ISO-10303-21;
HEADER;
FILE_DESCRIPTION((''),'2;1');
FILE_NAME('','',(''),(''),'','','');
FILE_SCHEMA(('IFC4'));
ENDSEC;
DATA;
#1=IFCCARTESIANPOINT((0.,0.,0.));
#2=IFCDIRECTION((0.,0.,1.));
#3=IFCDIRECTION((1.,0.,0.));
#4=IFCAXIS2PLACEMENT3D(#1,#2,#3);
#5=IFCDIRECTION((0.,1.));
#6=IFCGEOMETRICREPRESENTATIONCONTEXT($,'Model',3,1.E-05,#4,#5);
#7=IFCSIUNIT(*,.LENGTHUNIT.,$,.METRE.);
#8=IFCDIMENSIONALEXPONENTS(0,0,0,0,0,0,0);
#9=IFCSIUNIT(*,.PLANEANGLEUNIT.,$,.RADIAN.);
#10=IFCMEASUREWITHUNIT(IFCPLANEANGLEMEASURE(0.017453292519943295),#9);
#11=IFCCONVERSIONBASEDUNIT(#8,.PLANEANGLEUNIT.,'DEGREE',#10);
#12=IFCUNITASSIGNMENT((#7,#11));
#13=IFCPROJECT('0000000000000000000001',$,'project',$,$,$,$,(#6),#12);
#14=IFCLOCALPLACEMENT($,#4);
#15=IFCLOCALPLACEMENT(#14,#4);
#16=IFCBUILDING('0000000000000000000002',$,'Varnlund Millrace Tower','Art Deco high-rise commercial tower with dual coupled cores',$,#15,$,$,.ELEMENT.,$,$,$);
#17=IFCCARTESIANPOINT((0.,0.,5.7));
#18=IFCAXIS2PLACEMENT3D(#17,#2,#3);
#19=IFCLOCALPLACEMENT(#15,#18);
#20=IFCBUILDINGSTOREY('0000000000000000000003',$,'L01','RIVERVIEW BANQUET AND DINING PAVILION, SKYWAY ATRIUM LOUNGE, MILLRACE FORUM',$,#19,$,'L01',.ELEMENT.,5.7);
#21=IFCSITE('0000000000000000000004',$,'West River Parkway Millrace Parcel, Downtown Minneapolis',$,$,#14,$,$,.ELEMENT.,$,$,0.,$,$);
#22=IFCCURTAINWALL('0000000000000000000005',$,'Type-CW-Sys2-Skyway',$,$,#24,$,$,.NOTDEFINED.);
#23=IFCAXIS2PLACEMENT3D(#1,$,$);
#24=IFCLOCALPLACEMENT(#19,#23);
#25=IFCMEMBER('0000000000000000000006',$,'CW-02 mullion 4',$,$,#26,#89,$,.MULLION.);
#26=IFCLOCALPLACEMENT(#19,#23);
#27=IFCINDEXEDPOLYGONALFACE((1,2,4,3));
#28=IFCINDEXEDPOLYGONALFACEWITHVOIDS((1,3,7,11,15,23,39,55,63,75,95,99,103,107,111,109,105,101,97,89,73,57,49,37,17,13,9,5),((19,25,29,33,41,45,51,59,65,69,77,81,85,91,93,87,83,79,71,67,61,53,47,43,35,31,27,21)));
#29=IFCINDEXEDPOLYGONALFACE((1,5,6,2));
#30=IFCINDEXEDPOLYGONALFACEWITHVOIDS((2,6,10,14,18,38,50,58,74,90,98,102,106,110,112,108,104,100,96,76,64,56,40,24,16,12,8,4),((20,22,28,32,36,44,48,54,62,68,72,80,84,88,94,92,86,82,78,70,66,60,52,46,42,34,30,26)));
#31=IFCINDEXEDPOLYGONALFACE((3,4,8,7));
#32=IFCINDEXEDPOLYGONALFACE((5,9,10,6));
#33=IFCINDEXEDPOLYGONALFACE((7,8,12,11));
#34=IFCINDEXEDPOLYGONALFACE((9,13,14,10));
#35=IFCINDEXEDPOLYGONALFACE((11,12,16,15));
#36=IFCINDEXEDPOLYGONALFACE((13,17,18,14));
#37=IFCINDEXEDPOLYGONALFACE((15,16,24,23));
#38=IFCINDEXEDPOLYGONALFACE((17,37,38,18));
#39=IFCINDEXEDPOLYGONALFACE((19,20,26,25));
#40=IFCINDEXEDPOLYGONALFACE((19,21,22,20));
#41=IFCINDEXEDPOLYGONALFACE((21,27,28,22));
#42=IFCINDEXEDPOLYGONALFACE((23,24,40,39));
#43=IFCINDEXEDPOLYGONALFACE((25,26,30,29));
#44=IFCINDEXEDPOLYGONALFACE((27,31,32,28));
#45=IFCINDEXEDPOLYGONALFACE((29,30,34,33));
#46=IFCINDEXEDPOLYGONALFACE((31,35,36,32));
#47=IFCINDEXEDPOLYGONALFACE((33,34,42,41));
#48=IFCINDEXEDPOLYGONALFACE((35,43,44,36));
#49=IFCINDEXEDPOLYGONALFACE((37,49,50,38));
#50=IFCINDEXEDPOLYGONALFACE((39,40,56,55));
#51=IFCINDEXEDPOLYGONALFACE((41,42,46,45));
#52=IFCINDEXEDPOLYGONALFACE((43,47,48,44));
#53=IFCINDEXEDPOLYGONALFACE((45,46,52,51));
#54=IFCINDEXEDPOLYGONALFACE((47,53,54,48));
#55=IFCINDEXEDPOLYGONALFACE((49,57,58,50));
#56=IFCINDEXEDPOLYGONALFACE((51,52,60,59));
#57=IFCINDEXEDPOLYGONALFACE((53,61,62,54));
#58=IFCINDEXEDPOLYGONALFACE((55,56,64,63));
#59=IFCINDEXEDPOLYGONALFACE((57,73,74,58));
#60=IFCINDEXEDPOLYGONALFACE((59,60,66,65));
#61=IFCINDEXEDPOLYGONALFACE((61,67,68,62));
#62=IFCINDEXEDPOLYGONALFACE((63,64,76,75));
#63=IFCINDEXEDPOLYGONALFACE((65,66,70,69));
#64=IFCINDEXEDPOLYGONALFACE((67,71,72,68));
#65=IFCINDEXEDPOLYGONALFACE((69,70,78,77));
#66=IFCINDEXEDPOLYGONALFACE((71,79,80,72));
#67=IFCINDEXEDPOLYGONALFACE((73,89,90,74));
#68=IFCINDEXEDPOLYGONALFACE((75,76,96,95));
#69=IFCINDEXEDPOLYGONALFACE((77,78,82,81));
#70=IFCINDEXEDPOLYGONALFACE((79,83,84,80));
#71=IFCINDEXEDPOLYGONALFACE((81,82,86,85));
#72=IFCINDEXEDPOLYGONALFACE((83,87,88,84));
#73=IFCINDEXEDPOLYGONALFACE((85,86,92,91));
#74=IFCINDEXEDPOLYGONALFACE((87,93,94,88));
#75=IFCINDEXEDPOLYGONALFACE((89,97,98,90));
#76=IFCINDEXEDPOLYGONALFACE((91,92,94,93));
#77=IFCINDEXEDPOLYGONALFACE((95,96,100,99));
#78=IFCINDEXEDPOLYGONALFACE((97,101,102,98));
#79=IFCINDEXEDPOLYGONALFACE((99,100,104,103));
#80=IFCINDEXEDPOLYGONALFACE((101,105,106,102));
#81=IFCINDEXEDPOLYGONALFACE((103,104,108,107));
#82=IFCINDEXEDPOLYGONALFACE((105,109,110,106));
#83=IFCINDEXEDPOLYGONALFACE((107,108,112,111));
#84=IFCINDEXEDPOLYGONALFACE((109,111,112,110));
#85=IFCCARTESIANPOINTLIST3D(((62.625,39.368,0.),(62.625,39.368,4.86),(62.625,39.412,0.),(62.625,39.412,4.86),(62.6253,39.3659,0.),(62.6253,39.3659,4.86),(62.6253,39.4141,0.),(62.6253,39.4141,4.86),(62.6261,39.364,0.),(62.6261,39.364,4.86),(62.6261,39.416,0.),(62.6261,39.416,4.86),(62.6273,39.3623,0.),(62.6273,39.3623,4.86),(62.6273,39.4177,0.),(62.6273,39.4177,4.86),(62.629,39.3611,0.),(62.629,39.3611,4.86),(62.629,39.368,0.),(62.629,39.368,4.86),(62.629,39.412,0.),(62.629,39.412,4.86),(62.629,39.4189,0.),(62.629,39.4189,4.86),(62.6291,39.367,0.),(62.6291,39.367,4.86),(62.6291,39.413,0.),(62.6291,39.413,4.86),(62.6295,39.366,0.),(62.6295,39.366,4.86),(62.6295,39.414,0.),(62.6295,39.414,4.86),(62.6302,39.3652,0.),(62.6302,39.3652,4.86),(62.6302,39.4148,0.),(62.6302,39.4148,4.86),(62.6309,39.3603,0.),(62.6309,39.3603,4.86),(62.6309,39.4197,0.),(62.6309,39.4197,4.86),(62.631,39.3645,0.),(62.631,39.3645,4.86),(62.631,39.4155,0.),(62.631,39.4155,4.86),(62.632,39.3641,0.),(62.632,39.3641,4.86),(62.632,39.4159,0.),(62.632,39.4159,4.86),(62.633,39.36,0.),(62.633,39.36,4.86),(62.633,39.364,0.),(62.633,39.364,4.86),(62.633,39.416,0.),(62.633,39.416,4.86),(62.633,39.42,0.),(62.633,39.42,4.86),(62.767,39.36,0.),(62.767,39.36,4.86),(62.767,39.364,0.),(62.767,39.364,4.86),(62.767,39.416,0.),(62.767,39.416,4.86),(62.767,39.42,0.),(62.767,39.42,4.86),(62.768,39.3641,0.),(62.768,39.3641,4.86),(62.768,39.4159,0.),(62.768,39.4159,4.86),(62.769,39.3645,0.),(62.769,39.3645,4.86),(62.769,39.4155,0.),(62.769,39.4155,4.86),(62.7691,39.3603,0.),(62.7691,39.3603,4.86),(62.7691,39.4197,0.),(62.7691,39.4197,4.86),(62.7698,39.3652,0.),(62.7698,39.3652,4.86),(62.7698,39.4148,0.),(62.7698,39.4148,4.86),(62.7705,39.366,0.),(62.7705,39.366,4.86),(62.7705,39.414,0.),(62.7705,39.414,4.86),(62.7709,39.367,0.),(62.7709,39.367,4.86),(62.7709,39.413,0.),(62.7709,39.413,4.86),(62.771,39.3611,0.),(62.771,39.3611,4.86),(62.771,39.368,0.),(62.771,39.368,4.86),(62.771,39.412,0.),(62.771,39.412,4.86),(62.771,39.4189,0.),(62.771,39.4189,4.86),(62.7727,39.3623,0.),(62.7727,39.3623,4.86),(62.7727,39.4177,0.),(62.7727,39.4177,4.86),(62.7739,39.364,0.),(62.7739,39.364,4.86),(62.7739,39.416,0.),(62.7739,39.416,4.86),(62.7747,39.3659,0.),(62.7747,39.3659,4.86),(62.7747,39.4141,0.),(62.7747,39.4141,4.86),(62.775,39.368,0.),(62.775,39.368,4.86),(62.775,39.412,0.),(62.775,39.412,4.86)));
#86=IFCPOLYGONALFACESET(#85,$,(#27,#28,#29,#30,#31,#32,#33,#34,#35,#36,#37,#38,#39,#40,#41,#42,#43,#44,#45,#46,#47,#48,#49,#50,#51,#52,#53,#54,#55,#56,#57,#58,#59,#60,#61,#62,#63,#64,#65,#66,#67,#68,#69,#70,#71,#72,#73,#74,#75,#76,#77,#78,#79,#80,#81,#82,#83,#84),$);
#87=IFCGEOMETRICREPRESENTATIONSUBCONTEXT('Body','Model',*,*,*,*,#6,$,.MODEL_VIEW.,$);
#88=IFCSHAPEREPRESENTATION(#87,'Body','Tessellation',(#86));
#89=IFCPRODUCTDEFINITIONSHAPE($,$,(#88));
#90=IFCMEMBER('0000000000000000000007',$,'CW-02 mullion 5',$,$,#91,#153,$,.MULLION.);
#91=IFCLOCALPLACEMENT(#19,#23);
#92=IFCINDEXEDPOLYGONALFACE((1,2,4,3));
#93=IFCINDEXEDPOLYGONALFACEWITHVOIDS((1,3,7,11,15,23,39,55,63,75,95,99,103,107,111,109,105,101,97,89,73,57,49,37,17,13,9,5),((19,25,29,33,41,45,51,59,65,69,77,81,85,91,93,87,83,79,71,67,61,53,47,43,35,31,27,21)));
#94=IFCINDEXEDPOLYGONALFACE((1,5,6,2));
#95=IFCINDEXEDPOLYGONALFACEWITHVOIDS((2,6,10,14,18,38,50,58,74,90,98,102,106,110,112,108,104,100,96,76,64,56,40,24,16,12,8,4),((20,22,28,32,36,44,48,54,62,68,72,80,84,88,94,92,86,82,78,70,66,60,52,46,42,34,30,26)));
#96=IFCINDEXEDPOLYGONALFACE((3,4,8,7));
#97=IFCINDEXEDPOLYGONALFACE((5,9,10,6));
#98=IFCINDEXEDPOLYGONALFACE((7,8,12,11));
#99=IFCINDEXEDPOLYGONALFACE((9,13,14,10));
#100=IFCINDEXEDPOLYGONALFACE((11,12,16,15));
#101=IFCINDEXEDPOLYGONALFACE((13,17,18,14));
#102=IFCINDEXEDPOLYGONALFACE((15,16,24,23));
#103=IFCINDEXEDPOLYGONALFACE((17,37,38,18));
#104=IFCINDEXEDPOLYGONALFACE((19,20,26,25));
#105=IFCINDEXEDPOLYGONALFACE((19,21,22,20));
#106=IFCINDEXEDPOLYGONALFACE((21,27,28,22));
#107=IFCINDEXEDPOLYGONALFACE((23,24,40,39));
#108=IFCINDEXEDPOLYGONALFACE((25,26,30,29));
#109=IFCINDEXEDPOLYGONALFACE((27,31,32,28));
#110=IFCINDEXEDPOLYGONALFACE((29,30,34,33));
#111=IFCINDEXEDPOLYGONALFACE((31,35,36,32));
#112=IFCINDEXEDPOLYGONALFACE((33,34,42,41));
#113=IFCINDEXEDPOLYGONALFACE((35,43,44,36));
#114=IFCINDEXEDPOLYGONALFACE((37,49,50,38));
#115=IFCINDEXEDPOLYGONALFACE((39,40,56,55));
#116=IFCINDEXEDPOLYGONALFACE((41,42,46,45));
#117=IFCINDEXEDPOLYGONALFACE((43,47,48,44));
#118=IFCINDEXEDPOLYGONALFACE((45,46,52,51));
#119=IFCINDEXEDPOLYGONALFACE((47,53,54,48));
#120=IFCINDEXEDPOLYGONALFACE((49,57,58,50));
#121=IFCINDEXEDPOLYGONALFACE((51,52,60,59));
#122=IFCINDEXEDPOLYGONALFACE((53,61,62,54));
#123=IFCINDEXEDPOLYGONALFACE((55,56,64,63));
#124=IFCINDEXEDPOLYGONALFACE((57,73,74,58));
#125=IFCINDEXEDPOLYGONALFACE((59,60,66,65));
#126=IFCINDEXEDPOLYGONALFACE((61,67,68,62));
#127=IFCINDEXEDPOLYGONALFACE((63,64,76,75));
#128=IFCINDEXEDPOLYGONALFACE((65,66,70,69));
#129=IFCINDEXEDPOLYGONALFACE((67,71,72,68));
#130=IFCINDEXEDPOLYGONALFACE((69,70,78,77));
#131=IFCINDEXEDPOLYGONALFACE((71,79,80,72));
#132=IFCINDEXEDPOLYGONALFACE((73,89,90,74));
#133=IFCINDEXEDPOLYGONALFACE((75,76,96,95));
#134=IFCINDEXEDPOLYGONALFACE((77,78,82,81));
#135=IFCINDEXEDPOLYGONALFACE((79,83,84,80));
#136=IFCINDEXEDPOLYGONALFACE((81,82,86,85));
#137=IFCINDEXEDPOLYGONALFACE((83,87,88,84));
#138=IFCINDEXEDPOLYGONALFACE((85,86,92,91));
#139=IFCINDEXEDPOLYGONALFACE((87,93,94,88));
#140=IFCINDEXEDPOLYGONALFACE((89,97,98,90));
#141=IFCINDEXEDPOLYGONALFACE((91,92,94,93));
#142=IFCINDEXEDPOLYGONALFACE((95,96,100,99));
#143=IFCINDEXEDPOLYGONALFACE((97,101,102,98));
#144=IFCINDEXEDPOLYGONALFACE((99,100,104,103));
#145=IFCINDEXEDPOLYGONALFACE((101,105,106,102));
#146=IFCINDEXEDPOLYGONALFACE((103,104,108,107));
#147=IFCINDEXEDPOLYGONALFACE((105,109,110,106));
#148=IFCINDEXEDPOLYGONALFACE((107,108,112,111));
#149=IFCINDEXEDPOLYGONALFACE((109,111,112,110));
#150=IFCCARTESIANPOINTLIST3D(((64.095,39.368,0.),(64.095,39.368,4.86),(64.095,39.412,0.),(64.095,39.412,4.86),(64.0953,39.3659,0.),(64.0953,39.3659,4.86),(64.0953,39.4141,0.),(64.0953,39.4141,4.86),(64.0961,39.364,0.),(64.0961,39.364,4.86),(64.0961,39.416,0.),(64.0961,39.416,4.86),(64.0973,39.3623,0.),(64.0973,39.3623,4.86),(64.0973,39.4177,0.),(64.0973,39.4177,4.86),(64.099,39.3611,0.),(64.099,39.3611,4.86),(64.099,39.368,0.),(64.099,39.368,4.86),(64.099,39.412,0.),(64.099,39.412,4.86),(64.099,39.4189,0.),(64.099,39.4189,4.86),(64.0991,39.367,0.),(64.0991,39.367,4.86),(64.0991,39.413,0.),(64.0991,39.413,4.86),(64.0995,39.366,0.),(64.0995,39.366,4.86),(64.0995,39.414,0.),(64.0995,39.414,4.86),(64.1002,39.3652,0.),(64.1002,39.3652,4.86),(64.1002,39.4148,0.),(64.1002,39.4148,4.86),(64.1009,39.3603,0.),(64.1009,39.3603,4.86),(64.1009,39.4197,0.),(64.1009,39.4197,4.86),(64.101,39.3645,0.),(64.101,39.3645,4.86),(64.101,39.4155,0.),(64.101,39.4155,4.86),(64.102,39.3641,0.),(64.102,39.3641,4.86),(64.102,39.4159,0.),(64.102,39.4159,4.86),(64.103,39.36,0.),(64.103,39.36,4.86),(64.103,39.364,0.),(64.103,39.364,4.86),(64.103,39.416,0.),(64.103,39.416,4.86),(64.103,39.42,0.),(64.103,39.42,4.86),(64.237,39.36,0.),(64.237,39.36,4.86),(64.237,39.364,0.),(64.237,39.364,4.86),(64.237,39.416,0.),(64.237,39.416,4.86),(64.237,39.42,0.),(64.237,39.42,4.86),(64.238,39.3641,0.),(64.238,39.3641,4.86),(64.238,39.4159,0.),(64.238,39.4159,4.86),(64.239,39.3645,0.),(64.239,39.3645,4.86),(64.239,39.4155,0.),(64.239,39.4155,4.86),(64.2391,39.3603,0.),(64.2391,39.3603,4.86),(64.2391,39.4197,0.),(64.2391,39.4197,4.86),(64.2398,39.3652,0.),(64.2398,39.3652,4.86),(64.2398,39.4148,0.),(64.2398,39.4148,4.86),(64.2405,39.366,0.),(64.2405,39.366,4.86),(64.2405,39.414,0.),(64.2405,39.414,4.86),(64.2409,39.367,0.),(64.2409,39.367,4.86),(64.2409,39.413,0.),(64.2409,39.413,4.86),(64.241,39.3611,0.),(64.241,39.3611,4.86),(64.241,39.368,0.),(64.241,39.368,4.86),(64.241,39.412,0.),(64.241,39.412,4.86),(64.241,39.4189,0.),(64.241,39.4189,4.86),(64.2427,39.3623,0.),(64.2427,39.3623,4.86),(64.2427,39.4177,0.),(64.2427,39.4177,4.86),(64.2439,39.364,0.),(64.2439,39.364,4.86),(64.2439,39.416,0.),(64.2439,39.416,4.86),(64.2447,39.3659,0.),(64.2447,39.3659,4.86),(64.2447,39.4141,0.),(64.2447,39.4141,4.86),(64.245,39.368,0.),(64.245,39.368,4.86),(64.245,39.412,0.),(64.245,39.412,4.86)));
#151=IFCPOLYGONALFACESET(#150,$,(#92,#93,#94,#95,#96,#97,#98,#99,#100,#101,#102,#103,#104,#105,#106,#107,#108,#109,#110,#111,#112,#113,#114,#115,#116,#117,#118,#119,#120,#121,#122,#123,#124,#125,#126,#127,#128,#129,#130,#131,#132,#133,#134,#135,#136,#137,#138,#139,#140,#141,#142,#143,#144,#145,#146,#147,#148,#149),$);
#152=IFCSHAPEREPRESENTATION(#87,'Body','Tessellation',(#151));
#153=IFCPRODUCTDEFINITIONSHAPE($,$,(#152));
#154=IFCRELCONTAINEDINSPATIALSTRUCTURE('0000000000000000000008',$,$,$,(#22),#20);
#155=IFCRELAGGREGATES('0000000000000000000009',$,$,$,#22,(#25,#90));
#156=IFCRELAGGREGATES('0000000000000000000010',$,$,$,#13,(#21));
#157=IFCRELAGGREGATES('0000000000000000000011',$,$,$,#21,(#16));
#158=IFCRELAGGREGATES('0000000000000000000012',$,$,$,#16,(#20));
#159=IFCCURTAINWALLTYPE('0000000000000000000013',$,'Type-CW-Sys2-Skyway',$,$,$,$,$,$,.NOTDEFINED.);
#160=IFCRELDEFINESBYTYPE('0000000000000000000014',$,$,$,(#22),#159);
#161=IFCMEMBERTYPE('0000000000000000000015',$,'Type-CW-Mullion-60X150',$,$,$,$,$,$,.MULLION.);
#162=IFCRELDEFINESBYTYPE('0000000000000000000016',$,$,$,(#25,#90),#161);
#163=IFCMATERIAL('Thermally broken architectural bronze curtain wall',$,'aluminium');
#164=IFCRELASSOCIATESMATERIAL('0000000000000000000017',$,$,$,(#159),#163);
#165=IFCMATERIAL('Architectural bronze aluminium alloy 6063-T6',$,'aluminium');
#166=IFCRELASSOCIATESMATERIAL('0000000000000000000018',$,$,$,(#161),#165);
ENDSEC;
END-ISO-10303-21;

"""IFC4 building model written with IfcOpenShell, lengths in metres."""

from ifc_helpers import new_model, entity, si_unit, converted_unit, direction, frame, origin_with_axes, origin_2d_with_axis, place, context, subcontext, project, spatial, hollow_rectangle, extrude, material, material_profile, profile_set, type_object, element, aggregate, save


model = new_model("IFC4")

# Units and contexts
model_context = context("Model", 3, precision=1e-05, world=origin_with_axes(), true_north=direction((0.0, 1.0)))
body_context = subcontext(model_context, "Body", "Model", "MODEL_VIEW")
ifc_project = project(units=[si_unit("LENGTHUNIT", "METRE"), converted_unit("PLANEANGLEUNIT", "DEGREE", entity("IfcPlaneAngleMeasure", 0.017453292519943295), si_unit("PLANEANGLEUNIT", "RADIAN"), dimensions=[0, 0, 0, 0, 0, 0, 0])], contexts=[model_context])

# Site, building, storey
site_placement = place(None, origin_with_axes())
site = spatial("IfcSite", under=ifc_project, at=site_placement, Name="West River Parkway Millrace Parcel, Downtown Minneapolis", CompositionType="ELEMENT", RefElevation=0.0)
building_placement = place(site_placement, origin_with_axes())
building = spatial("IfcBuilding", under=site, at=building_placement, Name="Varnlund Millrace Tower", Description="Art Deco high-rise commercial tower with dual coupled cores", CompositionType="ELEMENT")
storey_placement = place(building_placement, frame((0.0, 0.0, 5.7), z_axis=(0.0, 0.0, 1.0), x_axis=(1.0, 0.0, 0.0)))
storey = spatial("IfcBuildingStorey", under=building, at=storey_placement, Name="L01", Description="RIVERVIEW BANQUET AND DINING PAVILION, SKYWAY ATRIUM LOUNGE, MILLRACE FORUM", LongName="L01", CompositionType="ELEMENT", Elevation=5.7)

# Curtain wall, members
ifc_material_1 = material(Name="Thermally broken architectural bronze curtain wall", Category="aluminium")
curtain_wall_type = type_object("IfcCurtainWallType", Name="Type-CW-Sys2-Skyway", PredefinedType="NOTDEFINED", material=ifc_material_1)
curtain_wall_1_placement = place(storey_placement, frame((58.2, 39.39, 0.0), z_axis=(0.0, 0.0, 1.0), x_axis=(1.0, 0.0, 0.0)))
curtain_wall_1 = element("IfcCurtainWall", 1, at=curtain_wall_1_placement, inside=storey, type_object=curtain_wall_type, Name="Type-CW-Sys2-Skyway", PredefinedType="NOTDEFINED")
ifc_material_2 = material(Name="Architectural bronze aluminium alloy 6063-T6", Category="aluminium")
ifc_material_profile_1 = material_profile(ifc_material_2, hollow_rectangle(XDim=0.06, YDim=0.15, WallThickness=0.004, InnerFilletRadius=0.004, OuterFilletRadius=0.008, at=origin_2d_with_axis()), Name="Architectural bronze aluminium alloy 6063-T6")
ifc_profile_set_1 = profile_set([ifc_material_profile_1], Name="Architectural bronze aluminium alloy 6063-T6")
member_type_1 = type_object("IfcMemberType", Name="Type-CW-Mullion-60X150", PredefinedType="MULLION", material=ifc_profile_set_1)
member_1_placement = place(storey_placement, frame((62.7, 39.39, 0.0), z_axis=(0.0, 0.0, 1.0), x_axis=(0.0, 1.0, 0.0)))
member_1 = element("IfcMember", 2, at=member_1_placement, type_object=member_type_1, Name="CW-02 mullion 4", PredefinedType="MULLION", context=body_context, shape_type="SweptSolid", body=[
    extrude(hollow_rectangle(XDim=0.06, YDim=0.15, WallThickness=0.004, InnerFilletRadius=0.004, OuterFilletRadius=0.008, at=origin_2d_with_axis()), origin_with_axes(), (0.0, 0.0, 1.0), 4.86),
])
member_2_placement = place(storey_placement, frame((64.17, 39.39, 0.0), z_axis=(0.0, 0.0, 1.0), x_axis=(0.0, 1.0, 0.0)))
member_2 = element("IfcMember", 3, at=member_2_placement, type_object=member_type_1, Name="CW-02 mullion 5", PredefinedType="MULLION", context=body_context, shape_type="SweptSolid", body=[
    extrude(hollow_rectangle(XDim=0.06, YDim=0.15, WallThickness=0.004, InnerFilletRadius=0.004, OuterFilletRadius=0.008, at=origin_2d_with_axis()), origin_with_axes(), (0.0, 0.0, 1.0), 4.86),
])

aggregate(curtain_wall_1, [member_1, member_2])

save(model, "model.ifc")
